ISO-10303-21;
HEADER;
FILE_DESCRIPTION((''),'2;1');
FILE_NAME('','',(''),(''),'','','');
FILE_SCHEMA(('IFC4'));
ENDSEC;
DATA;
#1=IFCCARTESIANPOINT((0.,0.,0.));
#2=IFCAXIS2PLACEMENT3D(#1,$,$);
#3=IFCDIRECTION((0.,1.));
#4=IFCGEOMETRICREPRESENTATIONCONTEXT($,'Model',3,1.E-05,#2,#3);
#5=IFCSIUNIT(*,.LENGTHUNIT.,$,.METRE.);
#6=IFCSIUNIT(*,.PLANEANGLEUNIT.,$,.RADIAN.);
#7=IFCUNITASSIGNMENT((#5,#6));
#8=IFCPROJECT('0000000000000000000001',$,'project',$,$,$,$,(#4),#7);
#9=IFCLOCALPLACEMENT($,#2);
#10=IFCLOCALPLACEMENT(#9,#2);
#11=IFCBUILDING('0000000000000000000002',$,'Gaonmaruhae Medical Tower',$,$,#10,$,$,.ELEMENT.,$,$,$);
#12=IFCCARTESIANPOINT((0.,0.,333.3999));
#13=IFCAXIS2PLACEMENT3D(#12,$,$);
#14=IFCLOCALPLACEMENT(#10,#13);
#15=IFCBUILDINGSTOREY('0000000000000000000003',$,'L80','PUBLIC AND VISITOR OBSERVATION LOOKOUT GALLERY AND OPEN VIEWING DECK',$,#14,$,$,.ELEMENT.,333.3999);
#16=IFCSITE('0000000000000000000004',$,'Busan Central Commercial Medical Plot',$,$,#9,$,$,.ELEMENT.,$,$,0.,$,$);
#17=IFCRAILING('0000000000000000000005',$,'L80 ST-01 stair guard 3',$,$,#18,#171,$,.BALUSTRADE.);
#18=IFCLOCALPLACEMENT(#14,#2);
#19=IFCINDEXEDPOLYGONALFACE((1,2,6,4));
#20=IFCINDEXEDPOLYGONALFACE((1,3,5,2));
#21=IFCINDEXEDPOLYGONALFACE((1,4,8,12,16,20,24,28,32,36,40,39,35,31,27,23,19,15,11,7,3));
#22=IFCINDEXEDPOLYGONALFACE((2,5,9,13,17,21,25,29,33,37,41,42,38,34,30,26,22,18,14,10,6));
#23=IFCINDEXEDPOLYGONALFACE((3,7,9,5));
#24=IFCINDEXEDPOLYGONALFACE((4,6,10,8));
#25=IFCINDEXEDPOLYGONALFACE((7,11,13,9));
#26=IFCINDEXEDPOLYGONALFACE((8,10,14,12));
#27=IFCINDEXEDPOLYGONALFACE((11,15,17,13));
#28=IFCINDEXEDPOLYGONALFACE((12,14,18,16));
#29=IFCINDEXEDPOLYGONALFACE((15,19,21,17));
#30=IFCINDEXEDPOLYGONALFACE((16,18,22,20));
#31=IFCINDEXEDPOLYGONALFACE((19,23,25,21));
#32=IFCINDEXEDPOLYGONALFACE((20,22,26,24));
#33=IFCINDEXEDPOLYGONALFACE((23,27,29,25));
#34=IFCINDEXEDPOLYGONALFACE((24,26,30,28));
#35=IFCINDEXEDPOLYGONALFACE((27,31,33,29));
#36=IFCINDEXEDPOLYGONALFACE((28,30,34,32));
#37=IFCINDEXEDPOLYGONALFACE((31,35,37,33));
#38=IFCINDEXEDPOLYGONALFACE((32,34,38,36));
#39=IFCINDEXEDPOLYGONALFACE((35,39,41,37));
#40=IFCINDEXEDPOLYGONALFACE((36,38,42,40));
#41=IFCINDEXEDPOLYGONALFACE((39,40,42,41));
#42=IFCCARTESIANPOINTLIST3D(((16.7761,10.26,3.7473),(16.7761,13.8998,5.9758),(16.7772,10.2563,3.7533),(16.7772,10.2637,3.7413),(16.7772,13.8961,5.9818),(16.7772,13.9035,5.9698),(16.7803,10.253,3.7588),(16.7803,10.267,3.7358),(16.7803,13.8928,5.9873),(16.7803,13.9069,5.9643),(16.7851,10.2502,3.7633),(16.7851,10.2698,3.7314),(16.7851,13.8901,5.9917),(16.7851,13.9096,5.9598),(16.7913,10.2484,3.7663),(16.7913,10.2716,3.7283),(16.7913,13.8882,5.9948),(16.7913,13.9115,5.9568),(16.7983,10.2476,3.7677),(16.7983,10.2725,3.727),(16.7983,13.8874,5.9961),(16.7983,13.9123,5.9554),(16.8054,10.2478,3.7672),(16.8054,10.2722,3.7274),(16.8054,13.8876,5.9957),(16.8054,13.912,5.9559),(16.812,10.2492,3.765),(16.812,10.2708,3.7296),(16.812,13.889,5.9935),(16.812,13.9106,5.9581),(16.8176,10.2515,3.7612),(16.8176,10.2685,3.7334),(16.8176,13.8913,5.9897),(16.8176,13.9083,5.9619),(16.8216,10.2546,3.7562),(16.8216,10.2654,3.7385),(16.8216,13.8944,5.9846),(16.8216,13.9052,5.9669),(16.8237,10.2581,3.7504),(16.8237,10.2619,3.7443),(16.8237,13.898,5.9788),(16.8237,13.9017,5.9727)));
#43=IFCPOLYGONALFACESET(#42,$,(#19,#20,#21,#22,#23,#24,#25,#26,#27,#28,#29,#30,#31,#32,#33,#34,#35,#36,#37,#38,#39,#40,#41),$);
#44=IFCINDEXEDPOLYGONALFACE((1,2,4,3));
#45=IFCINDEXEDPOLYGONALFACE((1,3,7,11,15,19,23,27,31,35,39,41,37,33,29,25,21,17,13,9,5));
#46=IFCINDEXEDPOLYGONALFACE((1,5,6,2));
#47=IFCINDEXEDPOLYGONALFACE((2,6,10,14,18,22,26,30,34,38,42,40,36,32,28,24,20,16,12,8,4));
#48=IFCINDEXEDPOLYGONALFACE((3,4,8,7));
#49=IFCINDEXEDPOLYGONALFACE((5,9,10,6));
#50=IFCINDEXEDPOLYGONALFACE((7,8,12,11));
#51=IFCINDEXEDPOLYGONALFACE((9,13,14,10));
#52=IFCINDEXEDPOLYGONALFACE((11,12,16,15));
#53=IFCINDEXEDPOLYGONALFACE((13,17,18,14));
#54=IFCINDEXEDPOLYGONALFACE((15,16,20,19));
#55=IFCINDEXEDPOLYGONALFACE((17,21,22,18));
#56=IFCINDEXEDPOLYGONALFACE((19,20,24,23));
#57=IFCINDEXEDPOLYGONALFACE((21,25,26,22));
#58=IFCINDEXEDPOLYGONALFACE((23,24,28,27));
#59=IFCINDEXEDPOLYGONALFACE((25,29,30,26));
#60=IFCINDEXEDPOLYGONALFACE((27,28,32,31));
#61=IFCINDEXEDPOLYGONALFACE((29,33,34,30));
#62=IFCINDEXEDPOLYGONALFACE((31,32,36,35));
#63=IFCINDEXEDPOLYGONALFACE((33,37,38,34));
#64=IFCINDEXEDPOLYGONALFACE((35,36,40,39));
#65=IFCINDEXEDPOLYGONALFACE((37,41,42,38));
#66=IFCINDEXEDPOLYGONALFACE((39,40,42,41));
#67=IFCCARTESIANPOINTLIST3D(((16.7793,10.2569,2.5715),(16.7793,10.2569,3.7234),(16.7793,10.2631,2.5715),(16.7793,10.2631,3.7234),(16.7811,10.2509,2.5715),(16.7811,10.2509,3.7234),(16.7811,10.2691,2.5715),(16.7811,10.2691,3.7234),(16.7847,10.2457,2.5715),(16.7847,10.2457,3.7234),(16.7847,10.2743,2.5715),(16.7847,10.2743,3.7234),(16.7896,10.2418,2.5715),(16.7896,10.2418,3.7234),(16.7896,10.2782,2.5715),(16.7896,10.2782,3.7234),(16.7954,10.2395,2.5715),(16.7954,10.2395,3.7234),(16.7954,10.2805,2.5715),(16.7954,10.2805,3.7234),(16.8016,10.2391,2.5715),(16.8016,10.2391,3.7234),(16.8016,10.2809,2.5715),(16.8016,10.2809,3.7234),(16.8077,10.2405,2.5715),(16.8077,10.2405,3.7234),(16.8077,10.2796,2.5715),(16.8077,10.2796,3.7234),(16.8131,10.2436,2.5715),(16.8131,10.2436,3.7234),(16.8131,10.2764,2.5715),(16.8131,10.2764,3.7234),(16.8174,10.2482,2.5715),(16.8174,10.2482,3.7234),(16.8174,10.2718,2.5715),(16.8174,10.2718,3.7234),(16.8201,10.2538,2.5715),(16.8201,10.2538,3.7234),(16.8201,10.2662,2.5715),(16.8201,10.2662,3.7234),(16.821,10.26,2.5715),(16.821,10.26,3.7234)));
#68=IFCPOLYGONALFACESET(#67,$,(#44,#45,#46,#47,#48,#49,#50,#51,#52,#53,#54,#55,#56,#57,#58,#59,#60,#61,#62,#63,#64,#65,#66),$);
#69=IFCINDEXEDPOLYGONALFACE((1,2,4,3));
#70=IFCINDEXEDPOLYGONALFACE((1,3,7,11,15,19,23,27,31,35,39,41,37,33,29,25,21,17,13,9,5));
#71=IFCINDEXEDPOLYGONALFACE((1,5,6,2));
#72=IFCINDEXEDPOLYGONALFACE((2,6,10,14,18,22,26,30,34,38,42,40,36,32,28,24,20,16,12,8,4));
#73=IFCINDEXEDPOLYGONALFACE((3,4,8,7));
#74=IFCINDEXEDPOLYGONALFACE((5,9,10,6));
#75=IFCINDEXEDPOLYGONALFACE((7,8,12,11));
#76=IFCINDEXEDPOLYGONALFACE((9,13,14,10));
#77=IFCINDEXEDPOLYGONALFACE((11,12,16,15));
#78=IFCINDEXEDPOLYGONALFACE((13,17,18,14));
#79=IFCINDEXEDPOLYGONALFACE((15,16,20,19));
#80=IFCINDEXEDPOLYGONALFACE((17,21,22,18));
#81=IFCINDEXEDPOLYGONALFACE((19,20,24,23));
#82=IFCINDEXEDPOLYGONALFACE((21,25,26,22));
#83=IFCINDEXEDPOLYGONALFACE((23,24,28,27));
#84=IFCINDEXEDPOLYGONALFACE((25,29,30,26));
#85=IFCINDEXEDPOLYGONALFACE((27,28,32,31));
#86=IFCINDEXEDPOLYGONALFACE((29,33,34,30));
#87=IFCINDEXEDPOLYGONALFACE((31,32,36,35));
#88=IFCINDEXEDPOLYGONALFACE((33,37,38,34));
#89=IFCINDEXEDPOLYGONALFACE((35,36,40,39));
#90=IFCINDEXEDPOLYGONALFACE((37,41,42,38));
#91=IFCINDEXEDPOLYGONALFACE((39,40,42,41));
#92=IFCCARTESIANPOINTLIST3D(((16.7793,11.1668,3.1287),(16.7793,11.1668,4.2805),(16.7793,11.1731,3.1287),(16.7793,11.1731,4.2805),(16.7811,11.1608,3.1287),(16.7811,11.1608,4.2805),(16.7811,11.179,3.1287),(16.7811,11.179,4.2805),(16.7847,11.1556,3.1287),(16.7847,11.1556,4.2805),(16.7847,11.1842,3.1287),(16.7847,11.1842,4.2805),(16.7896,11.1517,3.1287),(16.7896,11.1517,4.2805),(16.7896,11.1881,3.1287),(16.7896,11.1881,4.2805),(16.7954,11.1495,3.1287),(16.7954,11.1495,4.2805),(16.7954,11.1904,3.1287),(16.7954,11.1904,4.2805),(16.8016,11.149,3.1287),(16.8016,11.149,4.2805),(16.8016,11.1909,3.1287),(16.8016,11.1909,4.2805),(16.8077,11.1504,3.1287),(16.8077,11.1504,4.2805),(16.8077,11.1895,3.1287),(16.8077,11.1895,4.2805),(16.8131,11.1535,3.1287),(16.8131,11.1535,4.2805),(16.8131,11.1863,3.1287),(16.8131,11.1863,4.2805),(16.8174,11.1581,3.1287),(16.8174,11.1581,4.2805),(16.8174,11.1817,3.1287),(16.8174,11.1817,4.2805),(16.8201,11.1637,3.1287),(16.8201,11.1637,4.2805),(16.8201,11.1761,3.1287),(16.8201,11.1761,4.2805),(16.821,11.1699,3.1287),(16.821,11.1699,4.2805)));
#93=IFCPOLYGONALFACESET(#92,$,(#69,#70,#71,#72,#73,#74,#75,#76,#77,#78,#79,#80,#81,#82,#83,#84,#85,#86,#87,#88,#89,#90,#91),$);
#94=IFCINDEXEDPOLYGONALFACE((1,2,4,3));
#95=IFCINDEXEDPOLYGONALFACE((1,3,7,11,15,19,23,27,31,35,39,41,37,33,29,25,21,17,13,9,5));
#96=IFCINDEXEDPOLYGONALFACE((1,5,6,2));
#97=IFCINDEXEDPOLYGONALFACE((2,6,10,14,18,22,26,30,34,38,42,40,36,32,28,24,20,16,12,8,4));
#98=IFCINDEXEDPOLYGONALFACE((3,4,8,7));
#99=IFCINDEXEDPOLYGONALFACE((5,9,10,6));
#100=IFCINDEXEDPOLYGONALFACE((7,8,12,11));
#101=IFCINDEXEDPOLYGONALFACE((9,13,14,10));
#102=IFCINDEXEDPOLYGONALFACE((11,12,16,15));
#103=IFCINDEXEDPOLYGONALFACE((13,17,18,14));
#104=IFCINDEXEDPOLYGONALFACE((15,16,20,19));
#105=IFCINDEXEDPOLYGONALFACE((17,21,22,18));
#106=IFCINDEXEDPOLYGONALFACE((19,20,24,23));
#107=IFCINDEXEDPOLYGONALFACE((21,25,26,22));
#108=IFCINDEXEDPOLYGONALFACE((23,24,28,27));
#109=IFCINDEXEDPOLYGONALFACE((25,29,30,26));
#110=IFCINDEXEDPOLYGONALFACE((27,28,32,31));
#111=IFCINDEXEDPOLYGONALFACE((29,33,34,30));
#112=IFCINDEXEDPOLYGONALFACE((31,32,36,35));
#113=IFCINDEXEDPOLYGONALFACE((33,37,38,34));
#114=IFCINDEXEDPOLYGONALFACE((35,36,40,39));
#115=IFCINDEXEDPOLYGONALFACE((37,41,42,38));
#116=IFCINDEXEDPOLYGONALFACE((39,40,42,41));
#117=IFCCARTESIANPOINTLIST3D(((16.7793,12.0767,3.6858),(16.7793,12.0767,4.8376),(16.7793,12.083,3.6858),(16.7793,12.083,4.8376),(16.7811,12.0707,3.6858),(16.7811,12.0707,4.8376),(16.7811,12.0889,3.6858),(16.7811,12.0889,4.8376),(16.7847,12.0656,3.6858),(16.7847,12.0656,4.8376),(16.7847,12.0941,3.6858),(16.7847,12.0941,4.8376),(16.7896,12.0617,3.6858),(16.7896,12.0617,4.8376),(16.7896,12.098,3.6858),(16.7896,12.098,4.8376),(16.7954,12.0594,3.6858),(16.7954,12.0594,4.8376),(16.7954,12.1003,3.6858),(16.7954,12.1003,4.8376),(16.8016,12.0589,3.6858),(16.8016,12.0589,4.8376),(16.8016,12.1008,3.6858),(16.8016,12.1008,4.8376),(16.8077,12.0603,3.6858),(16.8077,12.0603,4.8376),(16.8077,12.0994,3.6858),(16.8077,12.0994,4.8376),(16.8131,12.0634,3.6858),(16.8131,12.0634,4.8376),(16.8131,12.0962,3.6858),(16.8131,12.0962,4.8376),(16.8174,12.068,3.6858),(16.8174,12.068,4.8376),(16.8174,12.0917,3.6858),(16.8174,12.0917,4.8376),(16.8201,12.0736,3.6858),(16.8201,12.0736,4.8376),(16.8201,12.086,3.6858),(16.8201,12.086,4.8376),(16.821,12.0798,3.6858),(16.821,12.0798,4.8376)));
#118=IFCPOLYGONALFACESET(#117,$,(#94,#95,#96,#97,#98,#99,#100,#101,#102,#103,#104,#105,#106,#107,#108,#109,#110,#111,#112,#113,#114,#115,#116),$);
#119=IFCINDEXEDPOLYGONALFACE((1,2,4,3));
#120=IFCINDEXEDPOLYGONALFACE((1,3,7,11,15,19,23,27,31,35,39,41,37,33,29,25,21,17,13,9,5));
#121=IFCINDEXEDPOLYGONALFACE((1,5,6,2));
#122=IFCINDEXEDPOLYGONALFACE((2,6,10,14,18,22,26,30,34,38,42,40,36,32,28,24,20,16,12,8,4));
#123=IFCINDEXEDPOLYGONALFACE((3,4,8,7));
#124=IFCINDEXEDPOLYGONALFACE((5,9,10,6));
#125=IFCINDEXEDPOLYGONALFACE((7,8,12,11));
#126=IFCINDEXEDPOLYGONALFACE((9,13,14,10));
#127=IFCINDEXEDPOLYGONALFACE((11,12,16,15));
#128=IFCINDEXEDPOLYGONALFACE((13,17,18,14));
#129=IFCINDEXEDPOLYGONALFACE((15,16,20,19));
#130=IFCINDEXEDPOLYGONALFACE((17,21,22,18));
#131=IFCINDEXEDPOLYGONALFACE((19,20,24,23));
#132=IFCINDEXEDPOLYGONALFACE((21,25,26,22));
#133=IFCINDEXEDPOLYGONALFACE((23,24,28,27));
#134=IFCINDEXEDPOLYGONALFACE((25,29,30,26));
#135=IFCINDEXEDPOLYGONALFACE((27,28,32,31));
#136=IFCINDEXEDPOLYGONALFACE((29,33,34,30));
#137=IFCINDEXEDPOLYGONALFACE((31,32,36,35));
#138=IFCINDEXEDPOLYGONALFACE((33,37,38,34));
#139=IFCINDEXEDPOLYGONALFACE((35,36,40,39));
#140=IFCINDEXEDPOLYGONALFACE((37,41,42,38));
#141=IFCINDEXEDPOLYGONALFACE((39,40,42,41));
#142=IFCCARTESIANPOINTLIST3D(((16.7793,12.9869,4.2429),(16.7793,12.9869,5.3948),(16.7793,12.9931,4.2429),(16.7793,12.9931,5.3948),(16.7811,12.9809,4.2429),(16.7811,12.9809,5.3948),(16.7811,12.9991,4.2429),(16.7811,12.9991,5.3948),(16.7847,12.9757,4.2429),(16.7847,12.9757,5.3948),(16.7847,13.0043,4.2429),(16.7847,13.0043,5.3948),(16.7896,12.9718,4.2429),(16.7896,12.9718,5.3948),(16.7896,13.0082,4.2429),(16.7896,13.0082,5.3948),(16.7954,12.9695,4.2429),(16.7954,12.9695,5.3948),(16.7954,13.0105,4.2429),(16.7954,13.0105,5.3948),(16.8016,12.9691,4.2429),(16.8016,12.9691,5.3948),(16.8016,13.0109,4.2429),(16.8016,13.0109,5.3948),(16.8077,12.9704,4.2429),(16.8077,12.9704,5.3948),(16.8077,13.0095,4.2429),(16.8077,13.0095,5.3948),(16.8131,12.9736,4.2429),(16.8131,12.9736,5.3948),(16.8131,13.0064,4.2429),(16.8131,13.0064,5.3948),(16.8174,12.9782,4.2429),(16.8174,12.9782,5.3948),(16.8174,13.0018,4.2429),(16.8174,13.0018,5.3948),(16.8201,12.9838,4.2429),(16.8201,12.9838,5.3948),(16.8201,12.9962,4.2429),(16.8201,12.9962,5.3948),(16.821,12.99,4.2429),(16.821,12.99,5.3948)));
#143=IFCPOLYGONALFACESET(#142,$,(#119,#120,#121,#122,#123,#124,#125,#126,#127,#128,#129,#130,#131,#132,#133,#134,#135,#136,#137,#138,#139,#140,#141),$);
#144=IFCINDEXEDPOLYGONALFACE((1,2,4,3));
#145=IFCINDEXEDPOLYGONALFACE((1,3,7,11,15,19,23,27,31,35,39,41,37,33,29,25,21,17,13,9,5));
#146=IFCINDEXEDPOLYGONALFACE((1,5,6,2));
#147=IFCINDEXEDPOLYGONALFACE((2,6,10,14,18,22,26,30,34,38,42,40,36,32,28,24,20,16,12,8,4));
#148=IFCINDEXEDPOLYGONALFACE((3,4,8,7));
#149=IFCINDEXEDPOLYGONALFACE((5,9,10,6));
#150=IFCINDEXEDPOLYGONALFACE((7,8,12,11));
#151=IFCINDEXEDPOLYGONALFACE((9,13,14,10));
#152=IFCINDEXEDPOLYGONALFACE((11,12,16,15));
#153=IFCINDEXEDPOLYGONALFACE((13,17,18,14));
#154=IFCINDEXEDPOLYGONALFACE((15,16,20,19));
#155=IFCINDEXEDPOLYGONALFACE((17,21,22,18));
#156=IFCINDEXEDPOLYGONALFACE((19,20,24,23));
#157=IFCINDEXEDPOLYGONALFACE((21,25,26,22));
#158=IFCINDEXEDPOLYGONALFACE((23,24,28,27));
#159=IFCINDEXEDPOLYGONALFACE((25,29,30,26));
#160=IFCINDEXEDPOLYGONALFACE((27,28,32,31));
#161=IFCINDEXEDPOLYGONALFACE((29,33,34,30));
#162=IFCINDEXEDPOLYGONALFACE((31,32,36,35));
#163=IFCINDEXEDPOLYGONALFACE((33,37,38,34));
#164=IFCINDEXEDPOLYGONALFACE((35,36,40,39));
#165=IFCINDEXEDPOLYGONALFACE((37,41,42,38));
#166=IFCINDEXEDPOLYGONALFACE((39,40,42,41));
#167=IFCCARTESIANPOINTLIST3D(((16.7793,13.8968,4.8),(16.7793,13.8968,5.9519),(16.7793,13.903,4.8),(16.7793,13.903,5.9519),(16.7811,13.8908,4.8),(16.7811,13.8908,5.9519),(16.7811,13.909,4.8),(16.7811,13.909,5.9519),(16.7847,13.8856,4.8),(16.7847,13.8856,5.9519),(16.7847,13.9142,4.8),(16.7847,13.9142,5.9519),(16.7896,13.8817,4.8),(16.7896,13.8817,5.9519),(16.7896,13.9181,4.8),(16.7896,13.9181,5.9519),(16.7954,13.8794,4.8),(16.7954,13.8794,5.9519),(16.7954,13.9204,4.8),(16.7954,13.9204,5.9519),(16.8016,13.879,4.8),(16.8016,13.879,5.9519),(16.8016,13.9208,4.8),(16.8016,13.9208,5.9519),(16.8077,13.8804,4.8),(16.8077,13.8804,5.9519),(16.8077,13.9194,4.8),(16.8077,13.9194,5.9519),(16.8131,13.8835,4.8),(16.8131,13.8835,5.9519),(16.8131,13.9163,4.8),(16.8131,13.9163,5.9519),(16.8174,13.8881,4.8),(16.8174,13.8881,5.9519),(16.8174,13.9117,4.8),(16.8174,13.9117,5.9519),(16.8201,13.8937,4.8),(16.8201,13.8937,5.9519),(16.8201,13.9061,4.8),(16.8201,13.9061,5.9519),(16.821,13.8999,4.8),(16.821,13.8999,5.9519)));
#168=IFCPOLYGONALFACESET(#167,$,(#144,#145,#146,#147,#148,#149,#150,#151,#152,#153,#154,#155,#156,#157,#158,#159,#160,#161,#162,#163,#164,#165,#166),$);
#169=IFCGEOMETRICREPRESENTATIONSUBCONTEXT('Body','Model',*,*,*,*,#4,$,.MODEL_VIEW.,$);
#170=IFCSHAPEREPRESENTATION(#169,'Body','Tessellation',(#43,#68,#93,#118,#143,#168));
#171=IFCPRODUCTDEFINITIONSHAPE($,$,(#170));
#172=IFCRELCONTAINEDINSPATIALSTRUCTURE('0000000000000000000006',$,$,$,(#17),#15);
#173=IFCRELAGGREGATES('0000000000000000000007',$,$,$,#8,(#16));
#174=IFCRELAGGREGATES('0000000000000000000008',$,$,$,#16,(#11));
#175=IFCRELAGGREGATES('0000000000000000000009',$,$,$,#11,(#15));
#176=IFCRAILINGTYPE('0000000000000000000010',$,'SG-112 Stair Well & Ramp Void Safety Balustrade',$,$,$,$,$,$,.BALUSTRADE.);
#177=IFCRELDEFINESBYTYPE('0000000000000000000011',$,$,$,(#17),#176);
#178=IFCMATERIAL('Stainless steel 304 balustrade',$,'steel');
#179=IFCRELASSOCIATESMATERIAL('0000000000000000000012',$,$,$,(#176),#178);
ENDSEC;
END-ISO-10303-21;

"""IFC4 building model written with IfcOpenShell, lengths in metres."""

from ifc_helpers import new_model, si_unit, direction, frame, origin, origin_2d, place, context, subcontext, project, spatial, circle, extrude, material, type_object, element, save


model = new_model("IFC4")

# Units and contexts
model_context = context("Model", 3, precision=1e-05, world=origin(), true_north=direction((0.0, 1.0)))
body_context = subcontext(model_context, "Body", "Model", "MODEL_VIEW")
ifc_project = project(units=[si_unit("LENGTHUNIT", "METRE"), si_unit("PLANEANGLEUNIT", "RADIAN")], contexts=[model_context])

# Site, building, storey
site_placement = place(None, origin())
site = spatial("IfcSite", under=ifc_project, at=site_placement, Name="Busan Central Commercial Medical Plot", CompositionType="ELEMENT", RefElevation=0.0)
building_placement = place(site_placement, origin())
building = spatial("IfcBuilding", under=site, at=building_placement, Name="Gaonmaruhae Medical Tower", CompositionType="ELEMENT")
storey_placement = place(building_placement, frame((0.0, 0.0, 333.3999)))
storey = spatial("IfcBuildingStorey", under=building, at=storey_placement, Name="L80", Description="PUBLIC AND VISITOR OBSERVATION LOOKOUT GALLERY AND OPEN VIEWING DECK", CompositionType="ELEMENT", Elevation=333.3999)

# Railing
ifc_material_1 = material(Name="Stainless steel 304 balustrade", Category="steel")
railing_type_1 = type_object("IfcRailingType", Name="SG-112 Stair Well & Ramp Void Safety Balustrade", PredefinedType="BALUSTRADE", material=ifc_material_1)
railing_1_placement = place(storey_placement, frame((16.8, 10.26, 2.5715)))
element("IfcRailing", 1, at=railing_1_placement, inside=storey, type_object=railing_type_1, Name="L80 ST-01 stair guard 3", PredefinedType="BALUSTRADE", context=body_context, shape_type="SweptSolid", body=[
    extrude(circle(Radius=0.0239, at=origin_2d()), frame((0.0, 0.0, 1.1758), z_axis=(0.0, 0.85285, 0.522156), x_axis=(-1.0, 0.0, 0.0)), (0.0, 0.0, 1.0), 4.2678),
    extrude(circle(Radius=0.021, at=origin_2d()), origin(), (0.0, 0.0, 1.0), 1.1519),
    extrude(circle(Radius=0.021, at=origin_2d()), frame((0.0, 0.9099, 0.5571)), (0.0, 0.0, 1.0), 1.1519),
    extrude(circle(Radius=0.021, at=origin_2d()), frame((0.0, 1.8198, 1.1143)), (0.0, 0.0, 1.0), 1.1519),
    extrude(circle(Radius=0.021, at=origin_2d()), frame((0.0, 2.73, 1.6714)), (0.0, 0.0, 1.0), 1.1519),
    extrude(circle(Radius=0.021, at=origin_2d()), frame((0.0, 3.6399, 2.2285)), (0.0, 0.0, 1.0), 1.1519),
])

save(model, "model.ifc")
